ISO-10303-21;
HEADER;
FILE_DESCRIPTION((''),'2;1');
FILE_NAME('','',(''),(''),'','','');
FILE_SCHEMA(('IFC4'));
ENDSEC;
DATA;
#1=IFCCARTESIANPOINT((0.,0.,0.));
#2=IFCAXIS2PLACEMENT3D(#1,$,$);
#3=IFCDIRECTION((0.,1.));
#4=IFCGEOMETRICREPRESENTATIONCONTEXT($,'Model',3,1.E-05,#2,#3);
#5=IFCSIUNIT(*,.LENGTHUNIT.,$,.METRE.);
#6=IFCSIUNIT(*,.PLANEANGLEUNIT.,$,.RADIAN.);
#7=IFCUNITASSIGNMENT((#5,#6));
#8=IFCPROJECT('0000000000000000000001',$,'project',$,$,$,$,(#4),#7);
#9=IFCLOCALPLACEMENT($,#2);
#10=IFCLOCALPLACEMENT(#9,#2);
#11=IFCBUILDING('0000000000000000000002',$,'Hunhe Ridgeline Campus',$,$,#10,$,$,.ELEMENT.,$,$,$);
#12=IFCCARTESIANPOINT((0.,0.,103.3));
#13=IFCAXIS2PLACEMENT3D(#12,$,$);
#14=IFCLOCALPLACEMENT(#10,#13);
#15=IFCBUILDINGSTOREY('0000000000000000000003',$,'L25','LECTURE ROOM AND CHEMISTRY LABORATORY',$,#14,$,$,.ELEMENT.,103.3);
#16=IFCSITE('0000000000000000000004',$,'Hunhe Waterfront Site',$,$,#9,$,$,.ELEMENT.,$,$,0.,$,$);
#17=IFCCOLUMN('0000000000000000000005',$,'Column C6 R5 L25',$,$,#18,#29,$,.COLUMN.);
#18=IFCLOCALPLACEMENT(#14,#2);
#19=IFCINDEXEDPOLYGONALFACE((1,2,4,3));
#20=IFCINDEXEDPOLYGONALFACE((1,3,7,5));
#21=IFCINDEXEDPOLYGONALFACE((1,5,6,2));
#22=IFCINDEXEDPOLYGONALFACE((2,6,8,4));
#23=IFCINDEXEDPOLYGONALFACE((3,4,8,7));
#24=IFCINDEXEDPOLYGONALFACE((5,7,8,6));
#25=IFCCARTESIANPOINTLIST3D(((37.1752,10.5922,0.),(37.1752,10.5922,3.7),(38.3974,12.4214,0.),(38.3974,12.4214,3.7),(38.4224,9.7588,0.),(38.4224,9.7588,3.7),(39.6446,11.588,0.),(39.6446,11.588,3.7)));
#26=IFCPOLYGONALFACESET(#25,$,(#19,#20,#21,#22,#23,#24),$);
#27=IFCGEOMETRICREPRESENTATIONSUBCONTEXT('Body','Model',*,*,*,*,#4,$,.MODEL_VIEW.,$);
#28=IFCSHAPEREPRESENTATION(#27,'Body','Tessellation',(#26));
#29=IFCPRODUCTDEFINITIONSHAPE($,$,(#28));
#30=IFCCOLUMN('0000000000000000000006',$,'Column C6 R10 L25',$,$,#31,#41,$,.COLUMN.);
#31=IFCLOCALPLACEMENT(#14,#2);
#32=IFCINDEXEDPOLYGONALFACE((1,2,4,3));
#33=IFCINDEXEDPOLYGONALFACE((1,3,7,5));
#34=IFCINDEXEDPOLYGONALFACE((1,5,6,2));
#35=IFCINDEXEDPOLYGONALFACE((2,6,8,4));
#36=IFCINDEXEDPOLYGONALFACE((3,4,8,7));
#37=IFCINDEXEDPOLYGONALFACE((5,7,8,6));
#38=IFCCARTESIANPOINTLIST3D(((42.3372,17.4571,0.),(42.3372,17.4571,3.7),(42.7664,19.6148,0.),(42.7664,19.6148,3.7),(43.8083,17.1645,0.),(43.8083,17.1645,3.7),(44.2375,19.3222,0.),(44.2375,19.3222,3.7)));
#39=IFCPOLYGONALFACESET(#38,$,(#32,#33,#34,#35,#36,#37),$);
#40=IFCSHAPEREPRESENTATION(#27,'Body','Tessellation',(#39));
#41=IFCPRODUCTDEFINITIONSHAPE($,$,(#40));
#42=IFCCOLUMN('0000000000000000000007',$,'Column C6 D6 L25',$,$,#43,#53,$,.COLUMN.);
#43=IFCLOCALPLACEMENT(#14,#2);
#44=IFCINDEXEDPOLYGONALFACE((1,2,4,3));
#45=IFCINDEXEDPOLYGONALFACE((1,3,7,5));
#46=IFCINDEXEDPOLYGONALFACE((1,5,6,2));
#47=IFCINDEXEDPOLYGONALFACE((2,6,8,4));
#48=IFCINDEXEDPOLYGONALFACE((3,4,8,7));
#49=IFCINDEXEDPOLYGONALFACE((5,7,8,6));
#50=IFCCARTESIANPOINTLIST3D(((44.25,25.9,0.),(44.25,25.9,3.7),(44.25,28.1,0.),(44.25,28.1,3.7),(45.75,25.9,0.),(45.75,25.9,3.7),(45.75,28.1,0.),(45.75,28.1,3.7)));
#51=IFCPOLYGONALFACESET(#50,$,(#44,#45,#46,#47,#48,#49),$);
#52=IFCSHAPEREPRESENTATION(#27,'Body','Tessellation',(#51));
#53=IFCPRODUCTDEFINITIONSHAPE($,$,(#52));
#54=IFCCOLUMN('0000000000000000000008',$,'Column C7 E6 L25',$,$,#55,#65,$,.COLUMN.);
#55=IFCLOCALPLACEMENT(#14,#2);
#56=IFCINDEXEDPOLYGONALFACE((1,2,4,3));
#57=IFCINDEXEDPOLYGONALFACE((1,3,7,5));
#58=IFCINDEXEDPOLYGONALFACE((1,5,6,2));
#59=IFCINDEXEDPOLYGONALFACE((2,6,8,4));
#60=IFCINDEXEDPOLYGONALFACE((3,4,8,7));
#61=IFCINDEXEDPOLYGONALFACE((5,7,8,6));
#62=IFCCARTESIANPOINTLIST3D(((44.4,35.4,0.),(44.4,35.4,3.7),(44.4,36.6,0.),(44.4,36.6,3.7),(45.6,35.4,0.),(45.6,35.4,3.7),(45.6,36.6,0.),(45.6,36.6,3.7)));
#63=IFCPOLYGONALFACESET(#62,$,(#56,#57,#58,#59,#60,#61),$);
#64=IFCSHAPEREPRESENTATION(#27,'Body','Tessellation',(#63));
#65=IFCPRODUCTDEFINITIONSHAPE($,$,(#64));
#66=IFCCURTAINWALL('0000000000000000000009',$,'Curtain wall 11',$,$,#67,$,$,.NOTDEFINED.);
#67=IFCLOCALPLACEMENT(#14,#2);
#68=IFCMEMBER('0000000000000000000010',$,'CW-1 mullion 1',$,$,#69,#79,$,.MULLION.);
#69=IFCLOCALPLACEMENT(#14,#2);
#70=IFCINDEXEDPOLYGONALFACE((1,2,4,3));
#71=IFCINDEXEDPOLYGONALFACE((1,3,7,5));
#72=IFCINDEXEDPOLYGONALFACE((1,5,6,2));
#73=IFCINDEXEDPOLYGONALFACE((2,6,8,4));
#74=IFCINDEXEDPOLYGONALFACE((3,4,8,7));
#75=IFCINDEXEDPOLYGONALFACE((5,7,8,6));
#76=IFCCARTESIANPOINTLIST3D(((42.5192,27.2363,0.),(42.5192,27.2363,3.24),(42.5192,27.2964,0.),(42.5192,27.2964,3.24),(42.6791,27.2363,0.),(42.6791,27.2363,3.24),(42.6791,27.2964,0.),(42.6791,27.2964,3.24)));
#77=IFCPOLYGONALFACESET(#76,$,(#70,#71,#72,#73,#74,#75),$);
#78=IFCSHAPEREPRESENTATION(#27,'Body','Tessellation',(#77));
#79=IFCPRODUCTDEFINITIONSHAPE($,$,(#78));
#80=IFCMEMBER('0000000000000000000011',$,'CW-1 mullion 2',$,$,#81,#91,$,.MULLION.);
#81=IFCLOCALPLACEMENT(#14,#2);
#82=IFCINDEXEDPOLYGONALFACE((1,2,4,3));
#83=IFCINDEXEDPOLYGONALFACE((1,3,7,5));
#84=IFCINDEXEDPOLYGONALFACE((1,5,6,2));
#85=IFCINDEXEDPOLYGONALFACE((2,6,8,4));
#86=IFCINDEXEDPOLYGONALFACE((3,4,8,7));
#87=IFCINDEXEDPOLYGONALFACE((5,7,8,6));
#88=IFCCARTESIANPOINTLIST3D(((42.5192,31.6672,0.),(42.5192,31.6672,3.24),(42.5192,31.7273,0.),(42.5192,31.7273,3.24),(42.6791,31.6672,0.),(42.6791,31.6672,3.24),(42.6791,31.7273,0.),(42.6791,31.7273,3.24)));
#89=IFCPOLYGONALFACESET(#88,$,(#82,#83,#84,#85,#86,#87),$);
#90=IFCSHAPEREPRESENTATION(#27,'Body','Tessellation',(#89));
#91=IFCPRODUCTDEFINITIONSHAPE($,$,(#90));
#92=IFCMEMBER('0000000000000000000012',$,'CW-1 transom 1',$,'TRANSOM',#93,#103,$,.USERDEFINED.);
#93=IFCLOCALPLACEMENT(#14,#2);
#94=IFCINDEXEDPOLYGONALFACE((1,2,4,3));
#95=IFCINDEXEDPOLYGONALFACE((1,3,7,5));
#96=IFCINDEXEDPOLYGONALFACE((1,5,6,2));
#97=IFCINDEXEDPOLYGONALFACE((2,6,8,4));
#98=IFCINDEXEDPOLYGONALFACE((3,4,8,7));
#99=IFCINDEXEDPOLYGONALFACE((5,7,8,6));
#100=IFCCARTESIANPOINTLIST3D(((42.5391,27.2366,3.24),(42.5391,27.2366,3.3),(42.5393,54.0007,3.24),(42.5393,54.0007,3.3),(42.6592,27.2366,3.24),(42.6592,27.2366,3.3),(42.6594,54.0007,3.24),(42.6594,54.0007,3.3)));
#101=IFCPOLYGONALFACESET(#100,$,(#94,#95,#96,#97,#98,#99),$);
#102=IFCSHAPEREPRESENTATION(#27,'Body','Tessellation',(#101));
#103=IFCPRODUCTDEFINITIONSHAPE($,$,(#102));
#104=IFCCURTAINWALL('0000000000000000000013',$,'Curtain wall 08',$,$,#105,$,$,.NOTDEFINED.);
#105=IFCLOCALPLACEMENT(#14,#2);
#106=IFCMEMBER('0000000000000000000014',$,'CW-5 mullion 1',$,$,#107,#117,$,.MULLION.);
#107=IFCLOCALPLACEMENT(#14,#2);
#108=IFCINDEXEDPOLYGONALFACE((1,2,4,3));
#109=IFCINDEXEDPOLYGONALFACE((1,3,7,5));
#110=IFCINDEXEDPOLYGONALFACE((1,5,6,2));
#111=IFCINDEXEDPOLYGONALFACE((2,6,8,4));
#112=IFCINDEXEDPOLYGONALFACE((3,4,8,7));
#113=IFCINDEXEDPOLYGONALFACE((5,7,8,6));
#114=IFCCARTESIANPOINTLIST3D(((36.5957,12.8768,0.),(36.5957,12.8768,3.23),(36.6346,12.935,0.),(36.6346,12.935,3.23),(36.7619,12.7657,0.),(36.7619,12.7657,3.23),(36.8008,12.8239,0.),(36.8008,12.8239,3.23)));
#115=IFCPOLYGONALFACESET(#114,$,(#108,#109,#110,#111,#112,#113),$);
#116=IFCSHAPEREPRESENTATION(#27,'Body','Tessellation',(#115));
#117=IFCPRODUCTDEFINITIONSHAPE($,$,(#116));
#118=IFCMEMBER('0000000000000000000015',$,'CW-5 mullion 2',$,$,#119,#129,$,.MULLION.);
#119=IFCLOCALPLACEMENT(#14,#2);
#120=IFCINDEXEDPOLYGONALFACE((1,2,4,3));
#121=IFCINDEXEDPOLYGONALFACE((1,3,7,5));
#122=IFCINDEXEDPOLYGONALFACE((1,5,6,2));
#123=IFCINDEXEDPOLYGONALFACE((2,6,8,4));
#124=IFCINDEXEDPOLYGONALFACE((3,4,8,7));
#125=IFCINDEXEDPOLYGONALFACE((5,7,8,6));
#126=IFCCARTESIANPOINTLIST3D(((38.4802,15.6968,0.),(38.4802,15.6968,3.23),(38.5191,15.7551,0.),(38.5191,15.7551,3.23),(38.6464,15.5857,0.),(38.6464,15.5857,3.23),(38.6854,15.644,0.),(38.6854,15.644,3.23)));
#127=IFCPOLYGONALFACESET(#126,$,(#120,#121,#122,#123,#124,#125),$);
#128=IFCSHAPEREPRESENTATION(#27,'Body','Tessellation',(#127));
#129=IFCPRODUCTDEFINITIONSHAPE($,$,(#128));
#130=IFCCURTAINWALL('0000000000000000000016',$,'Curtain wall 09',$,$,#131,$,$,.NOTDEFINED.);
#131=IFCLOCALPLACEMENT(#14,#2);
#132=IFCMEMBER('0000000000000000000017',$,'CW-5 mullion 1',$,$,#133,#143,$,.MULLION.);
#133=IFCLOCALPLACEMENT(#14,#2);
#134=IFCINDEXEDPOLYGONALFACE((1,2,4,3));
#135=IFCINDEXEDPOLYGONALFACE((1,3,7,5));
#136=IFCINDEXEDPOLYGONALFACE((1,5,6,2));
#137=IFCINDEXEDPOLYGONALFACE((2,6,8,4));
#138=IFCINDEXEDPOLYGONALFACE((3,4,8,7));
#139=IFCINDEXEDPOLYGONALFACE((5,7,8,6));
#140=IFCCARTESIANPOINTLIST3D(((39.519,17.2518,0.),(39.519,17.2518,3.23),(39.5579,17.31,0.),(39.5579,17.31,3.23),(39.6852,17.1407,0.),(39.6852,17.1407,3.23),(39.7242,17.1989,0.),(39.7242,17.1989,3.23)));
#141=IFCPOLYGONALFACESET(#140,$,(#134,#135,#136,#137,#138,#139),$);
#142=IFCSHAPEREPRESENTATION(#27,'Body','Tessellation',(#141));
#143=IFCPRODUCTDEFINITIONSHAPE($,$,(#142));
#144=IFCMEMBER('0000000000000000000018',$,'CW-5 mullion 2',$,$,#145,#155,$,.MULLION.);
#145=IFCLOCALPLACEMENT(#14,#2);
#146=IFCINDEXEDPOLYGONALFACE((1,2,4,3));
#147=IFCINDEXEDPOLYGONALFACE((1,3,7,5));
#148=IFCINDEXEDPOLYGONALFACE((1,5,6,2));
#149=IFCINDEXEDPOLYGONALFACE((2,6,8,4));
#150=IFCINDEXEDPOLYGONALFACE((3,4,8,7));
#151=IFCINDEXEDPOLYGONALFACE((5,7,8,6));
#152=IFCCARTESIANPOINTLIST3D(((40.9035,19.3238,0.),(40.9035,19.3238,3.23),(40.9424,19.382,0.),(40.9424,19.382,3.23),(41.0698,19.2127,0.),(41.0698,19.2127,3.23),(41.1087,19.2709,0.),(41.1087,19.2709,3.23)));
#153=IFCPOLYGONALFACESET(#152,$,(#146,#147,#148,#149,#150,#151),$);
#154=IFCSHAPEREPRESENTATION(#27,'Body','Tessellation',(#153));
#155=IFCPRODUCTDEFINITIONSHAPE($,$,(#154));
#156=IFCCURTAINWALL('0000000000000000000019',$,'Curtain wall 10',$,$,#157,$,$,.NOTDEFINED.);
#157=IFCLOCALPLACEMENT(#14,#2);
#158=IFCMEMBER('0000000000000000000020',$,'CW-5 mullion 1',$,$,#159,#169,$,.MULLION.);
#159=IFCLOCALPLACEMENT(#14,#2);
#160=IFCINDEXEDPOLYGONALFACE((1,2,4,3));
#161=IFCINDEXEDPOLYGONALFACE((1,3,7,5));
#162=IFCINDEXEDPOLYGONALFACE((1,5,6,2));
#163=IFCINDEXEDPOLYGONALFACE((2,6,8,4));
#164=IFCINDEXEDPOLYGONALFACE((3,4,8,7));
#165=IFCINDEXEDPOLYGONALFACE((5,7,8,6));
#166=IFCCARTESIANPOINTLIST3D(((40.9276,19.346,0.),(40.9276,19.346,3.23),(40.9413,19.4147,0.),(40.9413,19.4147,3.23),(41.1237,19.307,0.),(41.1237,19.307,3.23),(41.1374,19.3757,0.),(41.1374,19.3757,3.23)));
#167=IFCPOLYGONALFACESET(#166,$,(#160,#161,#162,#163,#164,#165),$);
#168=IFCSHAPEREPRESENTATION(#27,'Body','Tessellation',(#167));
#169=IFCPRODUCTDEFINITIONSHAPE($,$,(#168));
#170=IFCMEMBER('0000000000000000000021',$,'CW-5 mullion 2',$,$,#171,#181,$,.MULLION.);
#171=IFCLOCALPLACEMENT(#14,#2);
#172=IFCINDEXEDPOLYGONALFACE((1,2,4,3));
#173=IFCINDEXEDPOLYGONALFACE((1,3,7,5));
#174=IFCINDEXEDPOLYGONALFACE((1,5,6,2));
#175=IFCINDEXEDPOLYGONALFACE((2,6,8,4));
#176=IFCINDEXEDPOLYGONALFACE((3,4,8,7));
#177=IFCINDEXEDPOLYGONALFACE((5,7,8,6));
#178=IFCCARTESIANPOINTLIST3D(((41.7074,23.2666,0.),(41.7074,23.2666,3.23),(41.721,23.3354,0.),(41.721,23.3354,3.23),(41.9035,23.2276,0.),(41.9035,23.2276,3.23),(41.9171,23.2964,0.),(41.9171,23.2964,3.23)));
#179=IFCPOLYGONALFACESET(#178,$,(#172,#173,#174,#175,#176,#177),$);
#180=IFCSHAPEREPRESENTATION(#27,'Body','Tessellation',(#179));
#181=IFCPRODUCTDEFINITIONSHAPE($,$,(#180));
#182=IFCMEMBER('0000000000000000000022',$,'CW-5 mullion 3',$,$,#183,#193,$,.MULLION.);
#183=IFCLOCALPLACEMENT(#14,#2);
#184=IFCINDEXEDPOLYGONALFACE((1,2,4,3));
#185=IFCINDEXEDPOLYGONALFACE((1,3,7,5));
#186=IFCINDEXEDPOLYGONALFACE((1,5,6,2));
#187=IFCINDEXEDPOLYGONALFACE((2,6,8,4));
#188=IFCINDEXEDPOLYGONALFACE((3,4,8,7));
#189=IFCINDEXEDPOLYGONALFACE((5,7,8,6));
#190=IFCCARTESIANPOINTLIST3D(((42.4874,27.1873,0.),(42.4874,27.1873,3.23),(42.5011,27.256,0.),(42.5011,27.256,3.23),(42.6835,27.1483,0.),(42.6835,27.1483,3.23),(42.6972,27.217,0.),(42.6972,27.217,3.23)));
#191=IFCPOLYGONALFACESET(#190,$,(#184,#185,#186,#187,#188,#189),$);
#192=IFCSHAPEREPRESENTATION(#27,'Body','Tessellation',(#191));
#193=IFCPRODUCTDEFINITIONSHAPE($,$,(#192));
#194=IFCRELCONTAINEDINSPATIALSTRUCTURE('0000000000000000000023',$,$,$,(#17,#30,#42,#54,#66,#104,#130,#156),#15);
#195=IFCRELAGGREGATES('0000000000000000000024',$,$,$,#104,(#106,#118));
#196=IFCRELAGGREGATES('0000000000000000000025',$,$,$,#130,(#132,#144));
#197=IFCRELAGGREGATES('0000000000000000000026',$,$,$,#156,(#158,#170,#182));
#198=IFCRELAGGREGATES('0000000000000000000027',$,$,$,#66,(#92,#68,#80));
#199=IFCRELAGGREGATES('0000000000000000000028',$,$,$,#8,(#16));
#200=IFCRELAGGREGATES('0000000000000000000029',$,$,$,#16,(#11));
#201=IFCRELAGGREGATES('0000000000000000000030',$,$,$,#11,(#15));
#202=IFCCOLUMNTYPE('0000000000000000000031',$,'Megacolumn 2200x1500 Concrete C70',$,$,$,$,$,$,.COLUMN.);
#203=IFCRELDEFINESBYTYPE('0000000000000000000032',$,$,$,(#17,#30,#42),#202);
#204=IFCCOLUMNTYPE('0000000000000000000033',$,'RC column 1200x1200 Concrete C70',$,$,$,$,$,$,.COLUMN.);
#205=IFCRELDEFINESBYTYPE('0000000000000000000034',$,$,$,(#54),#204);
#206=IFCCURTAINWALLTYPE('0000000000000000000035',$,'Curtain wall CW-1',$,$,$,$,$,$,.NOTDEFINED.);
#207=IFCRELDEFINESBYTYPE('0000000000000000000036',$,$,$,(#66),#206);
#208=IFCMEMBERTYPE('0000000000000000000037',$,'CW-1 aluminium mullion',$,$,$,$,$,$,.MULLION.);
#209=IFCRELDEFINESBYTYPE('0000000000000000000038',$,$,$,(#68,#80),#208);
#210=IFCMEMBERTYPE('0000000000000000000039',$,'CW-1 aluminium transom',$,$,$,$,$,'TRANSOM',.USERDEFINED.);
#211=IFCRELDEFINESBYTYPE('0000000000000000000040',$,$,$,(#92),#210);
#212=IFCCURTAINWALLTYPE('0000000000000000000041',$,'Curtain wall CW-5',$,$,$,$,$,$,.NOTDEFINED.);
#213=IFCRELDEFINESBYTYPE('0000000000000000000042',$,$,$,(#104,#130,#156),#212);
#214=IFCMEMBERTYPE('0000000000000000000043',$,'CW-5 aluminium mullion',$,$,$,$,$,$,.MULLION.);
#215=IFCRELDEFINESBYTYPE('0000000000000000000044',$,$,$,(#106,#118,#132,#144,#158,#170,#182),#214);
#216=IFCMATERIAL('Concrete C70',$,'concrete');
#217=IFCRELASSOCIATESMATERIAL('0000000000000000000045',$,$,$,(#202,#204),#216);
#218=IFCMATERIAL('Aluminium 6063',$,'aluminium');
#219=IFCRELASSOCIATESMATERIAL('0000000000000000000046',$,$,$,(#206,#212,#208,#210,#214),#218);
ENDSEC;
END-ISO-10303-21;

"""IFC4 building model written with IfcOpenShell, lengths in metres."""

from ifc_helpers import new_model, si_unit, direction, frame, origin, origin_2d, place, context, subcontext, project, spatial, rectangle, extrude, material, material_profile, profile_set, type_object, element, aggregate, save


model = new_model("IFC4")

# Units and contexts
model_context = context("Model", 3, precision=1e-05, world=origin(), true_north=direction((0.0, 1.0)))
body_context = subcontext(model_context, "Body", "Model", "MODEL_VIEW")
ifc_project = project(units=[si_unit("LENGTHUNIT", "METRE"), si_unit("PLANEANGLEUNIT", "RADIAN")], contexts=[model_context])

# Site, building, storey
site_placement = place(None, origin())
site = spatial("IfcSite", under=ifc_project, at=site_placement, Name="Hunhe Waterfront Site", CompositionType="ELEMENT", RefElevation=0.0)
building_placement = place(site_placement, origin())
building = spatial("IfcBuilding", under=site, at=building_placement, Name="Hunhe Ridgeline Campus", CompositionType="ELEMENT")
storey_placement = place(building_placement, frame((0.0, 0.0, 103.3)))
storey = spatial("IfcBuildingStorey", under=building, at=storey_placement, Name="L25", Description="LECTURE ROOM AND CHEMISTRY LABORATORY", CompositionType="ELEMENT", Elevation=103.3)

# Columns
ifc_material_1 = material(Name="Concrete C70", Category="concrete")
ifc_material_profile_1 = material_profile(ifc_material_1, rectangle(XDim=2.2, YDim=1.5, at=origin_2d()))
ifc_profile_set_1 = profile_set([ifc_material_profile_1], Name="Concrete C70")
column_type_1 = type_object("IfcColumnType", Name="Megacolumn 2200x1500 Concrete C70", PredefinedType="COLUMN", material=ifc_profile_set_1)
for number, where, z_axis, x_axis, name in (
    (1, (38.4099, 11.0901, 0.0), (0.0, 0.0, 1.0), (0.55557, 0.83147, 0.0), "Column C6 R5 L25"),
    (2, (43.2874, 18.3896, 0.0), (0.0, 0.0, 1.0), (0.19509, 0.980785, 0.0), "Column C6 R10 L25"),
    (3, (45.0, 27.0, 0.0), (0.0, 0.0, 1.0), (0.0, 1.0, 0.0), "Column C6 D6 L25"),
):
    element("IfcColumn", number, at=place(storey_placement, frame(where, z_axis=z_axis, x_axis=x_axis)), inside=storey, type_object=column_type_1, Name=name, PredefinedType="COLUMN", context=body_context, shape_type="SweptSolid", body=[
        extrude(rectangle(XDim=2.2, YDim=1.5, at=origin_2d()), origin(), (0.0, 0.0, 1.0), 3.7),
    ])
ifc_material_profile_2 = material_profile(ifc_material_1, rectangle(XDim=1.2, YDim=1.2, at=origin_2d()))
ifc_profile_set_2 = profile_set([ifc_material_profile_2], Name="Concrete C70")
column_type_2 = type_object("IfcColumnType", Name="RC column 1200x1200 Concrete C70", PredefinedType="COLUMN", material=ifc_profile_set_2)
column_placement = place(storey_placement, frame((45.0, 36.0, 0.0), z_axis=(0.0, 0.0, 1.0), x_axis=(1.0, 0.0, 0.0)))
element("IfcColumn", 4, at=column_placement, inside=storey, type_object=column_type_2, Name="Column C7 E6 L25", PredefinedType="COLUMN", context=body_context, shape_type="SweptSolid", body=[
    extrude(rectangle(XDim=1.2, YDim=1.2, at=origin_2d()), origin(), (0.0, 0.0, 1.0), 3.7),
])

# Curtain walls, members
ifc_material_2 = material(Name="Aluminium 6063", Category="aluminium")
curtain_wall_type_1 = type_object("IfcCurtainWallType", Name="Curtain wall CW-1", PredefinedType="NOTDEFINED", material=ifc_material_2)
curtain_wall_1_placement = place(storey_placement, origin())
curtain_wall_1 = element("IfcCurtainWall", 5, at=curtain_wall_1_placement, inside=storey, type_object=curtain_wall_type_1, Name="Curtain wall 11", PredefinedType="NOTDEFINED")
ifc_material_profile_3 = material_profile(ifc_material_2, rectangle(XDim=0.1599, YDim=0.0601, at=origin_2d()))
ifc_profile_set_3 = profile_set([ifc_material_profile_3], Name="Aluminium 6063")
member_type_1 = type_object("IfcMemberType", Name="CW-1 aluminium mullion", PredefinedType="MULLION", material=ifc_profile_set_3)
member_1_placement = place(storey_placement, frame((42.5991, 27.2664, 0.0), z_axis=(0.0, 0.0, 1.0), x_axis=(-1.0, 0.000011, 0.0)))
member_1 = element("IfcMember", 6, at=member_1_placement, type_object=member_type_1, Name="CW-1 mullion 1", PredefinedType="MULLION", context=body_context, shape_type="SweptSolid", body=[
    extrude(rectangle(XDim=0.1599, YDim=0.0601, at=origin_2d()), origin(), (0.0, 0.0, 1.0), 3.24),
])
member_2_placement = place(storey_placement, frame((42.5991, 31.6973, 0.0), z_axis=(0.0, 0.0, 1.0), x_axis=(-1.0, 0.000011, 0.0)))
member_2 = element("IfcMember", 7, at=member_2_placement, type_object=member_type_1, Name="CW-1 mullion 2", PredefinedType="MULLION", context=body_context, shape_type="SweptSolid", body=[
    extrude(rectangle(XDim=0.1599, YDim=0.0601, at=origin_2d()), origin(), (0.0, 0.0, 1.0), 3.24),
])
ifc_material_profile_4 = material_profile(ifc_material_2, rectangle(XDim=0.1201, YDim=0.0601, at=origin_2d()))
ifc_profile_set_4 = profile_set([ifc_material_profile_4], Name="Aluminium 6063")
member_type_2 = type_object("IfcMemberType", Name="CW-1 aluminium transom", ElementType="TRANSOM", PredefinedType="USERDEFINED", material=ifc_profile_set_4)
member_3_placement = place(storey_placement, frame((42.5991, 27.2366, 3.27), z_axis=(0.000009, 1.0, 0.0), x_axis=(-1.0, 0.000009, 0.0)))
member_3 = element("IfcMember", 8, at=member_3_placement, type_object=member_type_2, Name="CW-1 transom 1", ObjectType="TRANSOM", PredefinedType="USERDEFINED", context=body_context, shape_type="SweptSolid", body=[
    extrude(rectangle(XDim=0.1201, YDim=0.0601, at=origin_2d()), origin(), (0.0, 0.0, 1.0), 26.7642),
])
curtain_wall_type_2 = type_object("IfcCurtainWallType", Name="Curtain wall CW-5", PredefinedType="NOTDEFINED", material=ifc_material_2)
curtain_wall_2_placement = place(storey_placement, origin())
curtain_wall_2 = element("IfcCurtainWall", 9, at=curtain_wall_2_placement, inside=storey, type_object=curtain_wall_type_2, Name="Curtain wall 08", PredefinedType="NOTDEFINED")
ifc_material_profile_5 = material_profile(ifc_material_2, rectangle(XDim=0.2, YDim=0.0701, at=origin_2d()))
ifc_profile_set_5 = profile_set([ifc_material_profile_5], Name="Aluminium 6063")
member_type_3 = type_object("IfcMemberType", Name="CW-5 aluminium mullion", PredefinedType="MULLION", material=ifc_profile_set_5)
member_4_placement = place(storey_placement, frame((36.6982, 12.8503, 0.0), z_axis=(0.0, 0.0, 1.0), x_axis=(-0.83147, 0.55557, 0.0)))
member_4 = element("IfcMember", 10, at=member_4_placement, type_object=member_type_3, Name="CW-5 mullion 1", PredefinedType="MULLION", context=body_context, shape_type="SweptSolid", body=[
    extrude(rectangle(XDim=0.2, YDim=0.0701, at=origin_2d()), origin(), (0.0, 0.0, 1.0), 3.23),
])
member_5_placement = place(storey_placement, frame((38.5828, 15.6704, 0.0), z_axis=(0.0, 0.0, 1.0), x_axis=(-0.83147, 0.55557, 0.0)))
member_5 = element("IfcMember", 11, at=member_5_placement, type_object=member_type_3, Name="CW-5 mullion 2", PredefinedType="MULLION", context=body_context, shape_type="SweptSolid", body=[
    extrude(rectangle(XDim=0.2, YDim=0.0701, at=origin_2d()), origin(), (0.0, 0.0, 1.0), 3.23),
])
curtain_wall_3_placement = place(storey_placement, origin())
curtain_wall_3 = element("IfcCurtainWall", 12, at=curtain_wall_3_placement, inside=storey, type_object=curtain_wall_type_2, Name="Curtain wall 09", PredefinedType="NOTDEFINED")
member_6_placement = place(storey_placement, frame((39.6216, 17.2253, 0.0), z_axis=(0.0, 0.0, 1.0), x_axis=(-0.83147, 0.55557, 0.0)))
member_6 = element("IfcMember", 13, at=member_6_placement, type_object=member_type_3, Name="CW-5 mullion 1", PredefinedType="MULLION", context=body_context, shape_type="SweptSolid", body=[
    extrude(rectangle(XDim=0.2, YDim=0.0701, at=origin_2d()), origin(), (0.0, 0.0, 1.0), 3.23),
])
member_7_placement = place(storey_placement, frame((41.0061, 19.2974, 0.0), z_axis=(0.0, 0.0, 1.0), x_axis=(-0.83147, 0.55557, 0.0)))
member_7 = element("IfcMember", 14, at=member_7_placement, type_object=member_type_3, Name="CW-5 mullion 2", PredefinedType="MULLION", context=body_context, shape_type="SweptSolid", body=[
    extrude(rectangle(XDim=0.2, YDim=0.0701, at=origin_2d()), origin(), (0.0, 0.0, 1.0), 3.23),
])
curtain_wall_4_placement = place(storey_placement, origin())
curtain_wall_4 = element("IfcCurtainWall", 15, at=curtain_wall_4_placement, inside=storey, type_object=curtain_wall_type_2, Name="Curtain wall 10", PredefinedType="NOTDEFINED")
member_8_placement = place(storey_placement, frame((41.0325, 19.3608, 0.0), z_axis=(0.0, 0.0, 1.0), x_axis=(-0.980785, 0.19509, 0.0)))
member_8 = element("IfcMember", 16, at=member_8_placement, type_object=member_type_3, Name="CW-5 mullion 1", PredefinedType="MULLION", context=body_context, shape_type="SweptSolid", body=[
    extrude(rectangle(XDim=0.2, YDim=0.0701, at=origin_2d()), origin(), (0.0, 0.0, 1.0), 3.23),
])
member_9_placement = place(storey_placement, frame((41.8123, 23.2815, 0.0), z_axis=(0.0, 0.0, 1.0), x_axis=(-0.980785, 0.19509, 0.0)))
member_9 = element("IfcMember", 17, at=member_9_placement, type_object=member_type_3, Name="CW-5 mullion 2", PredefinedType="MULLION", context=body_context, shape_type="SweptSolid", body=[
    extrude(rectangle(XDim=0.2, YDim=0.0701, at=origin_2d()), origin(), (0.0, 0.0, 1.0), 3.23),
])
member_10_placement = place(storey_placement, frame((42.5923, 27.2021, 0.0), z_axis=(0.0, 0.0, 1.0), x_axis=(-0.980785, 0.19509, 0.0)))
member_10 = element("IfcMember", 18, at=member_10_placement, type_object=member_type_3, Name="CW-5 mullion 3", PredefinedType="MULLION", context=body_context, shape_type="SweptSolid", body=[
    extrude(rectangle(XDim=0.2, YDim=0.0701, at=origin_2d()), origin(), (0.0, 0.0, 1.0), 3.23),
])

aggregate(curtain_wall_2, [member_4, member_5])
aggregate(curtain_wall_3, [member_6, member_7])
aggregate(curtain_wall_4, [member_8, member_9, member_10])
aggregate(curtain_wall_1, [member_3, member_1, member_2])

save(model, "model.ifc")
